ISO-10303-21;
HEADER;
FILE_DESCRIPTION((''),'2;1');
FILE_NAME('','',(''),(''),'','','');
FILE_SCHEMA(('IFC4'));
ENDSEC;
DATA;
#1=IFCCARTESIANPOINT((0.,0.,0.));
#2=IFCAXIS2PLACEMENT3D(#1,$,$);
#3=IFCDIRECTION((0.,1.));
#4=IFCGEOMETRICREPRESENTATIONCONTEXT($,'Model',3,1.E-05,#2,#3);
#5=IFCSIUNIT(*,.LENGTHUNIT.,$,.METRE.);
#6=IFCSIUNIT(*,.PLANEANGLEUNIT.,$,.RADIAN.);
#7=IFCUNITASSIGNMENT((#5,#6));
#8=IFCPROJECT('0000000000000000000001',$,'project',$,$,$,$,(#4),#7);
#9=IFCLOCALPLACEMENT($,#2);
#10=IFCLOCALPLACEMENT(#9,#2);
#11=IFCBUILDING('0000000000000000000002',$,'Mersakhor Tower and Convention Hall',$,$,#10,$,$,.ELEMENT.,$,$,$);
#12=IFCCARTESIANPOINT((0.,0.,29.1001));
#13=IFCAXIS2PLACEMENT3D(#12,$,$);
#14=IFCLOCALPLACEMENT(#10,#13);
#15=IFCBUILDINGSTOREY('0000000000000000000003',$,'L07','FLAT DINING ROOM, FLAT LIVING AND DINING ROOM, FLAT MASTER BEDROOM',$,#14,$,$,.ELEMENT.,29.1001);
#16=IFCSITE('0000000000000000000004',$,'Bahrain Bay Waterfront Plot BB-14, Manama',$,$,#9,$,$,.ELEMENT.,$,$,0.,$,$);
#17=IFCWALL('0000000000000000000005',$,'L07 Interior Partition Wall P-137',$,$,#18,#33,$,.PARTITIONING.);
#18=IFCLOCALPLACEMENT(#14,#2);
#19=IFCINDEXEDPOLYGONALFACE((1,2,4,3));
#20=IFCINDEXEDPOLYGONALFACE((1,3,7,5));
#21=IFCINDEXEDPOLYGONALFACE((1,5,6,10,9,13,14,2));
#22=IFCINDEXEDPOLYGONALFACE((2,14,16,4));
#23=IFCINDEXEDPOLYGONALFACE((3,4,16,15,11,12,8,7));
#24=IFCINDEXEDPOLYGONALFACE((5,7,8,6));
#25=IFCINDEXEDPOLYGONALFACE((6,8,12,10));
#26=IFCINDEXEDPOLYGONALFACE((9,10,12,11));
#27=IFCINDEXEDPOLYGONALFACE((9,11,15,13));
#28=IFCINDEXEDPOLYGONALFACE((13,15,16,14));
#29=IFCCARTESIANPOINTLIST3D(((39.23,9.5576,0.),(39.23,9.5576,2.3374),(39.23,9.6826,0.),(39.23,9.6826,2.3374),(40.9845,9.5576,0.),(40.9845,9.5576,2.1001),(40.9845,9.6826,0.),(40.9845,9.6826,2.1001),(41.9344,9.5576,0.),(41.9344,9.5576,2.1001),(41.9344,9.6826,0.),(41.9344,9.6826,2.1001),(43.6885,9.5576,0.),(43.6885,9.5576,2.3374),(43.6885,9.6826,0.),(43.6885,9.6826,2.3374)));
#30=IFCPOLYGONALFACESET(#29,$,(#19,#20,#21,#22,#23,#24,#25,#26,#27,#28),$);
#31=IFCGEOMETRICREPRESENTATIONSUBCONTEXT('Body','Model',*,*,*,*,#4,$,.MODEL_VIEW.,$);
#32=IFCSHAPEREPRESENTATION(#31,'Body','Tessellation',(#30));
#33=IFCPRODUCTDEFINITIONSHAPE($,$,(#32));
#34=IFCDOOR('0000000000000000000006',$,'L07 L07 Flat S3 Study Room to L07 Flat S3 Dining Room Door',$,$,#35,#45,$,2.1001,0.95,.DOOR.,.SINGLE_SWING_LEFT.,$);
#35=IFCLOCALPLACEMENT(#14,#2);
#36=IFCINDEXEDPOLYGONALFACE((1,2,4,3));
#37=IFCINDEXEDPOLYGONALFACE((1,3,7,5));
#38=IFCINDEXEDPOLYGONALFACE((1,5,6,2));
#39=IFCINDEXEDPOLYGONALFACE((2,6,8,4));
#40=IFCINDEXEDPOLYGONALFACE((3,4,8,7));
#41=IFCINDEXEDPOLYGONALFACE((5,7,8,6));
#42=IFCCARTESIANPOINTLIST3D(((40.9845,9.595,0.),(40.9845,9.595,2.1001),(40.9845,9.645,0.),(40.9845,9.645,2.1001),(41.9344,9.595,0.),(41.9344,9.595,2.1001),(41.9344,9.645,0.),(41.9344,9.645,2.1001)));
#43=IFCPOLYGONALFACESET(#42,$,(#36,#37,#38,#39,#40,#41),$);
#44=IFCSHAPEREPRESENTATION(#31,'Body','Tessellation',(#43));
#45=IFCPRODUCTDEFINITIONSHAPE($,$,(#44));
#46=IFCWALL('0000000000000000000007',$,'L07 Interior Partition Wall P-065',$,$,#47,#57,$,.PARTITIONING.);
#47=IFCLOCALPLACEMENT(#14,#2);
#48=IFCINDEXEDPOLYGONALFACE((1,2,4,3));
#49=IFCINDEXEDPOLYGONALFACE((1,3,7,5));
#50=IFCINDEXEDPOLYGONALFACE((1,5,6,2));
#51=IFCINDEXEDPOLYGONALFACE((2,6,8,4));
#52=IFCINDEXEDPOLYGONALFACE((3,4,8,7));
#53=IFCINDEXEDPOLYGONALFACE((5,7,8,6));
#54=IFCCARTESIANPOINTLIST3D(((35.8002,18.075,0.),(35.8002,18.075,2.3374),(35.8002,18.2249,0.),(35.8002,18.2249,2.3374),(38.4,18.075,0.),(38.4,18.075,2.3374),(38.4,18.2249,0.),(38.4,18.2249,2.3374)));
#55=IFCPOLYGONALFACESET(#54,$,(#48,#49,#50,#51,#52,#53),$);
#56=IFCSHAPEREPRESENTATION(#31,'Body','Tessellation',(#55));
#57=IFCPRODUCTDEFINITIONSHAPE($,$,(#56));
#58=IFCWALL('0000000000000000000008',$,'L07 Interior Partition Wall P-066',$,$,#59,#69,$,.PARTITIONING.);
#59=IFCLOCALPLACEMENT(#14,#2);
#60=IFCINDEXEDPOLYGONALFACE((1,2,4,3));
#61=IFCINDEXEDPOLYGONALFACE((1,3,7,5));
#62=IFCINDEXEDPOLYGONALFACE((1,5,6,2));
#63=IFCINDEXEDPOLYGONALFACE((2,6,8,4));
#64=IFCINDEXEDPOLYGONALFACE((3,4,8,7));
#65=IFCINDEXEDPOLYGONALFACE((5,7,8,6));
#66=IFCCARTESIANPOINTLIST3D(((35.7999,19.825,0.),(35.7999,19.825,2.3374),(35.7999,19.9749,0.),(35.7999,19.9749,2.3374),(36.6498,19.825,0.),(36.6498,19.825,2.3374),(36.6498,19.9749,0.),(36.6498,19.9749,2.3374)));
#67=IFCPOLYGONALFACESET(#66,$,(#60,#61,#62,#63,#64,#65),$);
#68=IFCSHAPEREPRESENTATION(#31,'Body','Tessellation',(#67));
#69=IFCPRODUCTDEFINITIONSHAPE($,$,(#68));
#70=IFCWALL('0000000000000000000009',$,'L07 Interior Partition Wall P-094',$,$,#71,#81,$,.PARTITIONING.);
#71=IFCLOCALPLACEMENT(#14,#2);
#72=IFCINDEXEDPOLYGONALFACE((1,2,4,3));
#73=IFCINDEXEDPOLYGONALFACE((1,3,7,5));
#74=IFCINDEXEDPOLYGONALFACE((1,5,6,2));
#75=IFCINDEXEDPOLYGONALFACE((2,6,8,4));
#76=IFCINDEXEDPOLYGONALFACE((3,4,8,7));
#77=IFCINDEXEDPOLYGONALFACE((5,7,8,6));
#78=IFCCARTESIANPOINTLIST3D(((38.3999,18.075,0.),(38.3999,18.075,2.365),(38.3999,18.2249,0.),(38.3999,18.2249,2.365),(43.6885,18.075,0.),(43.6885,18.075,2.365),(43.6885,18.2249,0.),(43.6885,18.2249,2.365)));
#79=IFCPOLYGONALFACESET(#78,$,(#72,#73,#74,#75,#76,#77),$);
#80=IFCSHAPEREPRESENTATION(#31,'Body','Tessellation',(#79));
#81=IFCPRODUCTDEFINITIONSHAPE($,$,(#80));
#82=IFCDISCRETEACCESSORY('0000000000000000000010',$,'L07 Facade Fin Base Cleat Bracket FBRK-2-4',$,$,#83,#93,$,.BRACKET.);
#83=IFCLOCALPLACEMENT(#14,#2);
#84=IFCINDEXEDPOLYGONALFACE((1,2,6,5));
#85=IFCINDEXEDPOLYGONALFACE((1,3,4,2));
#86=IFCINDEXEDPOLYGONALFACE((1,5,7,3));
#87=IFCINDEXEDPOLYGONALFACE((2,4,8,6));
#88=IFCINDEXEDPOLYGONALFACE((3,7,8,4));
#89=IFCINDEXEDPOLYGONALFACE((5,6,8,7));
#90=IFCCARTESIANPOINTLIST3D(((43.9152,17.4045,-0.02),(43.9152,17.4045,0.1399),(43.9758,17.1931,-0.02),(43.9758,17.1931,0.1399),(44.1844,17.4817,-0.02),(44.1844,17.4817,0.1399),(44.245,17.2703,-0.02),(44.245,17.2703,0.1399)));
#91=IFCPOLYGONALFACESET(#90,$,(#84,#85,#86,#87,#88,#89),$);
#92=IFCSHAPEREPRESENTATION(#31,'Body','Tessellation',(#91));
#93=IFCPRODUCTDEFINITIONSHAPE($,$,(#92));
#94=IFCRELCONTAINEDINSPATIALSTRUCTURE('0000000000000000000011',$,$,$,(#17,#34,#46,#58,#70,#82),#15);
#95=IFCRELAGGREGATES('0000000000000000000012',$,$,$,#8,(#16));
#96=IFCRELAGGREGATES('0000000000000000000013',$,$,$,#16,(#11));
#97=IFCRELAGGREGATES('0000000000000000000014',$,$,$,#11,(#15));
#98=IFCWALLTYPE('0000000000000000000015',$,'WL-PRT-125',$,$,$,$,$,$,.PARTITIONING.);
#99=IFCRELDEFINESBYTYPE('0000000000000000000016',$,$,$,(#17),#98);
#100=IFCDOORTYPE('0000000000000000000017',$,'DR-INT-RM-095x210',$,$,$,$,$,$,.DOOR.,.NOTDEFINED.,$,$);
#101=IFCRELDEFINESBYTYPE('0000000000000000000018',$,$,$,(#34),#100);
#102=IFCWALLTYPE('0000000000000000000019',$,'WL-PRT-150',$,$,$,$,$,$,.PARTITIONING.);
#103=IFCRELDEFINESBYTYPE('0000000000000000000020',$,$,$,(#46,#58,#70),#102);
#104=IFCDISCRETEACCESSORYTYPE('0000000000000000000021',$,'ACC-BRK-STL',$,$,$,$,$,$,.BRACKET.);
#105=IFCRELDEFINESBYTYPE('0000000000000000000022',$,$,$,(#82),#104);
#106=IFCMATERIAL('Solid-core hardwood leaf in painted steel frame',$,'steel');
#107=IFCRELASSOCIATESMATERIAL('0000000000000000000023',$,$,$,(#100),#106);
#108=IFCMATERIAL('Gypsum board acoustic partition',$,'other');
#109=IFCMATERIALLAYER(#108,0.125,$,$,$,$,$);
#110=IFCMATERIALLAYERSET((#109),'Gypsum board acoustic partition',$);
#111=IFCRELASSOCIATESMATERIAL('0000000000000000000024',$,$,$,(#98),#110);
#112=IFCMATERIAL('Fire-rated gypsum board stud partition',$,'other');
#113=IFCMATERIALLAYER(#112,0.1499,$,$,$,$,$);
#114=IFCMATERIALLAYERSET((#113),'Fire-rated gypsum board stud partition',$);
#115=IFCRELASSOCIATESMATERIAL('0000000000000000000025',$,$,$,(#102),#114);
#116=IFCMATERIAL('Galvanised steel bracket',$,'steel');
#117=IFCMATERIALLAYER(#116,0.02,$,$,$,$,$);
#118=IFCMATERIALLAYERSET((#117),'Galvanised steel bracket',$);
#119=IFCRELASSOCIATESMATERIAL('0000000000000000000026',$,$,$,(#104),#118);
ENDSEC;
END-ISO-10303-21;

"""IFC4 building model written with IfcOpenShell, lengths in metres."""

from ifc_helpers import new_model, si_unit, direction, frame, frame_2d, origin, origin_2d, place, context, subcontext, project, spatial, rectangle, extrude, material, layer, layer_set, type_object, element, fill, save


model = new_model("IFC4")

# Units and contexts
model_context = context("Model", 3, precision=1e-05, world=origin(), true_north=direction((0.0, 1.0)))
body_context = subcontext(model_context, "Body", "Model", "MODEL_VIEW")
ifc_project = project(units=[si_unit("LENGTHUNIT", "METRE"), si_unit("PLANEANGLEUNIT", "RADIAN")], contexts=[model_context])

# Site, building, storey
site_placement = place(None, origin())
site = spatial("IfcSite", under=ifc_project, at=site_placement, Name="Bahrain Bay Waterfront Plot BB-14, Manama", CompositionType="ELEMENT", RefElevation=0.0)
building_placement = place(site_placement, origin())
building = spatial("IfcBuilding", under=site, at=building_placement, Name="Mersakhor Tower and Convention Hall", CompositionType="ELEMENT")
storey_placement = place(building_placement, frame((0.0, 0.0, 29.1001)))
storey = spatial("IfcBuildingStorey", under=building, at=storey_placement, Name="L07", Description="FLAT DINING ROOM, FLAT LIVING AND DINING ROOM, FLAT MASTER BEDROOM", CompositionType="ELEMENT", Elevation=29.1001)

# Wall, opening, door
ifc_material_1 = material(Name="Solid-core hardwood leaf in painted steel frame", Category="steel")
door_type_1 = type_object("IfcDoorType", Name="DR-INT-RM-095x210", OperationType="NOTDEFINED", PredefinedType="DOOR", material=ifc_material_1)
ifc_material_2 = material(Name="Gypsum board acoustic partition", Category="other")
ifc_layer_1 = layer(ifc_material_2, 0.125)
ifc_layer_set_1 = layer_set([ifc_layer_1], Name="Gypsum board acoustic partition")
wall_type_1 = type_object("IfcWallType", Name="WL-PRT-125", PredefinedType="PARTITIONING", material=ifc_layer_set_1)
wall_1_placement = place(storey_placement, frame((39.23, 9.6201, 0.0), z_axis=(0.0, 0.0, 1.0), x_axis=(1.0, 0.0, 0.0)))
wall_1 = element("IfcWall", 1, at=wall_1_placement, inside=storey, type_object=wall_type_1, Name="L07 Interior Partition Wall P-137", PredefinedType="PARTITIONING", context=body_context, shape_type="SweptSolid", body=[
    extrude(rectangle(XDim=4.4585, YDim=0.125, at=frame_2d((2.2292, 0.0))), origin(), (0.0, 0.0, 1.0), 2.3374),
])
opening_1_placement = place(wall_1_placement, frame((1.7544, 0.0, 0.0)))
opening_1 = element("IfcOpeningElement", 2, at=opening_1_placement, cuts=wall_1, PredefinedType="OPENING", context=body_context, shape_type="SweptSolid", body=[
    extrude(rectangle(XDim=0.95, YDim=2.1001, at=frame_2d((0.4751, 1.05))), frame((0.0, 0.0725, 0.0), z_axis=(0.0, -1.0, 0.0), x_axis=(1.0, 0.0, 0.0)), (0.0, 0.0, 1.0), 0.145),
])
door_1_placement = place(opening_1_placement, origin())
door_1 = element("IfcDoor", 3, at=door_1_placement, inside=storey, type_object=door_type_1, Name="L07 L07 Flat S3 Study Room to L07 Flat S3 Dining Room Door", OperationType="SINGLE_SWING_LEFT", OverallHeight=2.1001, OverallWidth=0.95, PredefinedType="DOOR", context=body_context, shape_type="SweptSolid", body=[
    extrude(rectangle(XDim=0.95, YDim=2.1001, at=frame_2d((0.4751, 1.05))), frame((0.0, 0.0249, 0.0), z_axis=(0.0, -1.0, 0.0), x_axis=(1.0, 0.0, 0.0)), (0.0, 0.0, 1.0), 0.05),
])
fill(opening_1, door_1)
ifc_material_3 = material(Name="Fire-rated gypsum board stud partition", Category="other")
ifc_layer_2 = layer(ifc_material_3, 0.1499)
ifc_layer_set_2 = layer_set([ifc_layer_2], Name="Fire-rated gypsum board stud partition")
wall_type_2 = type_object("IfcWallType", Name="WL-PRT-150", PredefinedType="PARTITIONING", material=ifc_layer_set_2)

# Walls
wall_2_placement = place(storey_placement, frame((38.3999, 18.1499, 0.0), z_axis=(0.0, 0.0, 1.0), x_axis=(-1.0, 0.0, 0.0)))
element("IfcWall", 4, at=wall_2_placement, inside=storey, type_object=wall_type_2, Name="L07 Interior Partition Wall P-065", PredefinedType="PARTITIONING", context=body_context, shape_type="SweptSolid", body=[
    extrude(rectangle(XDim=2.5999, YDim=0.1499, at=frame_2d((1.2998, 0.0))), origin(), (0.0, 0.0, 1.0), 2.3374),
])
wall_3_placement = place(storey_placement, frame((35.8, 19.8999, 0.0), z_axis=(0.0, 0.0, 1.0), x_axis=(1.0, 0.0, 0.0)))
element("IfcWall", 5, at=wall_3_placement, inside=storey, type_object=wall_type_2, Name="L07 Interior Partition Wall P-066", PredefinedType="PARTITIONING", context=body_context, shape_type="SweptSolid", body=[
    extrude(rectangle(XDim=0.8499, YDim=0.1499, at=frame_2d((0.4248, 0.0))), origin(), (0.0, 0.0, 1.0), 2.3374),
])
wall_4_placement = place(storey_placement, frame((38.3999, 18.1499, 0.0), z_axis=(0.0, 0.0, 1.0), x_axis=(1.0, 0.0, 0.0)))
element("IfcWall", 6, at=wall_4_placement, inside=storey, type_object=wall_type_2, Name="L07 Interior Partition Wall P-094", PredefinedType="PARTITIONING", context=body_context, shape_type="SweptSolid", body=[
    extrude(rectangle(XDim=5.2886, YDim=0.1499, at=frame_2d((2.6443, 0.0))), origin(), (0.0, 0.0, 1.0), 2.365),
])

# Discrete accessory
ifc_material_4 = material(Name="Galvanised steel bracket", Category="steel")
ifc_layer_3 = layer(ifc_material_4, 0.02)
ifc_layer_set_3 = layer_set([ifc_layer_3], Name="Galvanised steel bracket")
discrete_accessory_type = type_object("IfcDiscreteAccessoryType", Name="ACC-BRK-STL", PredefinedType="BRACKET", material=ifc_layer_set_3)
discrete_accessory_placement = place(storey_placement, frame((44.0801, 17.3374, -0.02), z_axis=(0.0, 0.0, 1.0), x_axis=(0.961262, 0.275637, 0.0)))
element("IfcDiscreteAccessory", 7, at=discrete_accessory_placement, inside=storey, type_object=discrete_accessory_type, Name="L07 Facade Fin Base Cleat Bracket FBRK-2-4", PredefinedType="BRACKET", context=body_context, shape_type="SweptSolid", body=[
    extrude(rectangle(XDim=0.28, YDim=0.22, at=origin_2d()), origin(), (0.0, 0.0, 1.0), 0.1599),
])

save(model, "model.ifc")
